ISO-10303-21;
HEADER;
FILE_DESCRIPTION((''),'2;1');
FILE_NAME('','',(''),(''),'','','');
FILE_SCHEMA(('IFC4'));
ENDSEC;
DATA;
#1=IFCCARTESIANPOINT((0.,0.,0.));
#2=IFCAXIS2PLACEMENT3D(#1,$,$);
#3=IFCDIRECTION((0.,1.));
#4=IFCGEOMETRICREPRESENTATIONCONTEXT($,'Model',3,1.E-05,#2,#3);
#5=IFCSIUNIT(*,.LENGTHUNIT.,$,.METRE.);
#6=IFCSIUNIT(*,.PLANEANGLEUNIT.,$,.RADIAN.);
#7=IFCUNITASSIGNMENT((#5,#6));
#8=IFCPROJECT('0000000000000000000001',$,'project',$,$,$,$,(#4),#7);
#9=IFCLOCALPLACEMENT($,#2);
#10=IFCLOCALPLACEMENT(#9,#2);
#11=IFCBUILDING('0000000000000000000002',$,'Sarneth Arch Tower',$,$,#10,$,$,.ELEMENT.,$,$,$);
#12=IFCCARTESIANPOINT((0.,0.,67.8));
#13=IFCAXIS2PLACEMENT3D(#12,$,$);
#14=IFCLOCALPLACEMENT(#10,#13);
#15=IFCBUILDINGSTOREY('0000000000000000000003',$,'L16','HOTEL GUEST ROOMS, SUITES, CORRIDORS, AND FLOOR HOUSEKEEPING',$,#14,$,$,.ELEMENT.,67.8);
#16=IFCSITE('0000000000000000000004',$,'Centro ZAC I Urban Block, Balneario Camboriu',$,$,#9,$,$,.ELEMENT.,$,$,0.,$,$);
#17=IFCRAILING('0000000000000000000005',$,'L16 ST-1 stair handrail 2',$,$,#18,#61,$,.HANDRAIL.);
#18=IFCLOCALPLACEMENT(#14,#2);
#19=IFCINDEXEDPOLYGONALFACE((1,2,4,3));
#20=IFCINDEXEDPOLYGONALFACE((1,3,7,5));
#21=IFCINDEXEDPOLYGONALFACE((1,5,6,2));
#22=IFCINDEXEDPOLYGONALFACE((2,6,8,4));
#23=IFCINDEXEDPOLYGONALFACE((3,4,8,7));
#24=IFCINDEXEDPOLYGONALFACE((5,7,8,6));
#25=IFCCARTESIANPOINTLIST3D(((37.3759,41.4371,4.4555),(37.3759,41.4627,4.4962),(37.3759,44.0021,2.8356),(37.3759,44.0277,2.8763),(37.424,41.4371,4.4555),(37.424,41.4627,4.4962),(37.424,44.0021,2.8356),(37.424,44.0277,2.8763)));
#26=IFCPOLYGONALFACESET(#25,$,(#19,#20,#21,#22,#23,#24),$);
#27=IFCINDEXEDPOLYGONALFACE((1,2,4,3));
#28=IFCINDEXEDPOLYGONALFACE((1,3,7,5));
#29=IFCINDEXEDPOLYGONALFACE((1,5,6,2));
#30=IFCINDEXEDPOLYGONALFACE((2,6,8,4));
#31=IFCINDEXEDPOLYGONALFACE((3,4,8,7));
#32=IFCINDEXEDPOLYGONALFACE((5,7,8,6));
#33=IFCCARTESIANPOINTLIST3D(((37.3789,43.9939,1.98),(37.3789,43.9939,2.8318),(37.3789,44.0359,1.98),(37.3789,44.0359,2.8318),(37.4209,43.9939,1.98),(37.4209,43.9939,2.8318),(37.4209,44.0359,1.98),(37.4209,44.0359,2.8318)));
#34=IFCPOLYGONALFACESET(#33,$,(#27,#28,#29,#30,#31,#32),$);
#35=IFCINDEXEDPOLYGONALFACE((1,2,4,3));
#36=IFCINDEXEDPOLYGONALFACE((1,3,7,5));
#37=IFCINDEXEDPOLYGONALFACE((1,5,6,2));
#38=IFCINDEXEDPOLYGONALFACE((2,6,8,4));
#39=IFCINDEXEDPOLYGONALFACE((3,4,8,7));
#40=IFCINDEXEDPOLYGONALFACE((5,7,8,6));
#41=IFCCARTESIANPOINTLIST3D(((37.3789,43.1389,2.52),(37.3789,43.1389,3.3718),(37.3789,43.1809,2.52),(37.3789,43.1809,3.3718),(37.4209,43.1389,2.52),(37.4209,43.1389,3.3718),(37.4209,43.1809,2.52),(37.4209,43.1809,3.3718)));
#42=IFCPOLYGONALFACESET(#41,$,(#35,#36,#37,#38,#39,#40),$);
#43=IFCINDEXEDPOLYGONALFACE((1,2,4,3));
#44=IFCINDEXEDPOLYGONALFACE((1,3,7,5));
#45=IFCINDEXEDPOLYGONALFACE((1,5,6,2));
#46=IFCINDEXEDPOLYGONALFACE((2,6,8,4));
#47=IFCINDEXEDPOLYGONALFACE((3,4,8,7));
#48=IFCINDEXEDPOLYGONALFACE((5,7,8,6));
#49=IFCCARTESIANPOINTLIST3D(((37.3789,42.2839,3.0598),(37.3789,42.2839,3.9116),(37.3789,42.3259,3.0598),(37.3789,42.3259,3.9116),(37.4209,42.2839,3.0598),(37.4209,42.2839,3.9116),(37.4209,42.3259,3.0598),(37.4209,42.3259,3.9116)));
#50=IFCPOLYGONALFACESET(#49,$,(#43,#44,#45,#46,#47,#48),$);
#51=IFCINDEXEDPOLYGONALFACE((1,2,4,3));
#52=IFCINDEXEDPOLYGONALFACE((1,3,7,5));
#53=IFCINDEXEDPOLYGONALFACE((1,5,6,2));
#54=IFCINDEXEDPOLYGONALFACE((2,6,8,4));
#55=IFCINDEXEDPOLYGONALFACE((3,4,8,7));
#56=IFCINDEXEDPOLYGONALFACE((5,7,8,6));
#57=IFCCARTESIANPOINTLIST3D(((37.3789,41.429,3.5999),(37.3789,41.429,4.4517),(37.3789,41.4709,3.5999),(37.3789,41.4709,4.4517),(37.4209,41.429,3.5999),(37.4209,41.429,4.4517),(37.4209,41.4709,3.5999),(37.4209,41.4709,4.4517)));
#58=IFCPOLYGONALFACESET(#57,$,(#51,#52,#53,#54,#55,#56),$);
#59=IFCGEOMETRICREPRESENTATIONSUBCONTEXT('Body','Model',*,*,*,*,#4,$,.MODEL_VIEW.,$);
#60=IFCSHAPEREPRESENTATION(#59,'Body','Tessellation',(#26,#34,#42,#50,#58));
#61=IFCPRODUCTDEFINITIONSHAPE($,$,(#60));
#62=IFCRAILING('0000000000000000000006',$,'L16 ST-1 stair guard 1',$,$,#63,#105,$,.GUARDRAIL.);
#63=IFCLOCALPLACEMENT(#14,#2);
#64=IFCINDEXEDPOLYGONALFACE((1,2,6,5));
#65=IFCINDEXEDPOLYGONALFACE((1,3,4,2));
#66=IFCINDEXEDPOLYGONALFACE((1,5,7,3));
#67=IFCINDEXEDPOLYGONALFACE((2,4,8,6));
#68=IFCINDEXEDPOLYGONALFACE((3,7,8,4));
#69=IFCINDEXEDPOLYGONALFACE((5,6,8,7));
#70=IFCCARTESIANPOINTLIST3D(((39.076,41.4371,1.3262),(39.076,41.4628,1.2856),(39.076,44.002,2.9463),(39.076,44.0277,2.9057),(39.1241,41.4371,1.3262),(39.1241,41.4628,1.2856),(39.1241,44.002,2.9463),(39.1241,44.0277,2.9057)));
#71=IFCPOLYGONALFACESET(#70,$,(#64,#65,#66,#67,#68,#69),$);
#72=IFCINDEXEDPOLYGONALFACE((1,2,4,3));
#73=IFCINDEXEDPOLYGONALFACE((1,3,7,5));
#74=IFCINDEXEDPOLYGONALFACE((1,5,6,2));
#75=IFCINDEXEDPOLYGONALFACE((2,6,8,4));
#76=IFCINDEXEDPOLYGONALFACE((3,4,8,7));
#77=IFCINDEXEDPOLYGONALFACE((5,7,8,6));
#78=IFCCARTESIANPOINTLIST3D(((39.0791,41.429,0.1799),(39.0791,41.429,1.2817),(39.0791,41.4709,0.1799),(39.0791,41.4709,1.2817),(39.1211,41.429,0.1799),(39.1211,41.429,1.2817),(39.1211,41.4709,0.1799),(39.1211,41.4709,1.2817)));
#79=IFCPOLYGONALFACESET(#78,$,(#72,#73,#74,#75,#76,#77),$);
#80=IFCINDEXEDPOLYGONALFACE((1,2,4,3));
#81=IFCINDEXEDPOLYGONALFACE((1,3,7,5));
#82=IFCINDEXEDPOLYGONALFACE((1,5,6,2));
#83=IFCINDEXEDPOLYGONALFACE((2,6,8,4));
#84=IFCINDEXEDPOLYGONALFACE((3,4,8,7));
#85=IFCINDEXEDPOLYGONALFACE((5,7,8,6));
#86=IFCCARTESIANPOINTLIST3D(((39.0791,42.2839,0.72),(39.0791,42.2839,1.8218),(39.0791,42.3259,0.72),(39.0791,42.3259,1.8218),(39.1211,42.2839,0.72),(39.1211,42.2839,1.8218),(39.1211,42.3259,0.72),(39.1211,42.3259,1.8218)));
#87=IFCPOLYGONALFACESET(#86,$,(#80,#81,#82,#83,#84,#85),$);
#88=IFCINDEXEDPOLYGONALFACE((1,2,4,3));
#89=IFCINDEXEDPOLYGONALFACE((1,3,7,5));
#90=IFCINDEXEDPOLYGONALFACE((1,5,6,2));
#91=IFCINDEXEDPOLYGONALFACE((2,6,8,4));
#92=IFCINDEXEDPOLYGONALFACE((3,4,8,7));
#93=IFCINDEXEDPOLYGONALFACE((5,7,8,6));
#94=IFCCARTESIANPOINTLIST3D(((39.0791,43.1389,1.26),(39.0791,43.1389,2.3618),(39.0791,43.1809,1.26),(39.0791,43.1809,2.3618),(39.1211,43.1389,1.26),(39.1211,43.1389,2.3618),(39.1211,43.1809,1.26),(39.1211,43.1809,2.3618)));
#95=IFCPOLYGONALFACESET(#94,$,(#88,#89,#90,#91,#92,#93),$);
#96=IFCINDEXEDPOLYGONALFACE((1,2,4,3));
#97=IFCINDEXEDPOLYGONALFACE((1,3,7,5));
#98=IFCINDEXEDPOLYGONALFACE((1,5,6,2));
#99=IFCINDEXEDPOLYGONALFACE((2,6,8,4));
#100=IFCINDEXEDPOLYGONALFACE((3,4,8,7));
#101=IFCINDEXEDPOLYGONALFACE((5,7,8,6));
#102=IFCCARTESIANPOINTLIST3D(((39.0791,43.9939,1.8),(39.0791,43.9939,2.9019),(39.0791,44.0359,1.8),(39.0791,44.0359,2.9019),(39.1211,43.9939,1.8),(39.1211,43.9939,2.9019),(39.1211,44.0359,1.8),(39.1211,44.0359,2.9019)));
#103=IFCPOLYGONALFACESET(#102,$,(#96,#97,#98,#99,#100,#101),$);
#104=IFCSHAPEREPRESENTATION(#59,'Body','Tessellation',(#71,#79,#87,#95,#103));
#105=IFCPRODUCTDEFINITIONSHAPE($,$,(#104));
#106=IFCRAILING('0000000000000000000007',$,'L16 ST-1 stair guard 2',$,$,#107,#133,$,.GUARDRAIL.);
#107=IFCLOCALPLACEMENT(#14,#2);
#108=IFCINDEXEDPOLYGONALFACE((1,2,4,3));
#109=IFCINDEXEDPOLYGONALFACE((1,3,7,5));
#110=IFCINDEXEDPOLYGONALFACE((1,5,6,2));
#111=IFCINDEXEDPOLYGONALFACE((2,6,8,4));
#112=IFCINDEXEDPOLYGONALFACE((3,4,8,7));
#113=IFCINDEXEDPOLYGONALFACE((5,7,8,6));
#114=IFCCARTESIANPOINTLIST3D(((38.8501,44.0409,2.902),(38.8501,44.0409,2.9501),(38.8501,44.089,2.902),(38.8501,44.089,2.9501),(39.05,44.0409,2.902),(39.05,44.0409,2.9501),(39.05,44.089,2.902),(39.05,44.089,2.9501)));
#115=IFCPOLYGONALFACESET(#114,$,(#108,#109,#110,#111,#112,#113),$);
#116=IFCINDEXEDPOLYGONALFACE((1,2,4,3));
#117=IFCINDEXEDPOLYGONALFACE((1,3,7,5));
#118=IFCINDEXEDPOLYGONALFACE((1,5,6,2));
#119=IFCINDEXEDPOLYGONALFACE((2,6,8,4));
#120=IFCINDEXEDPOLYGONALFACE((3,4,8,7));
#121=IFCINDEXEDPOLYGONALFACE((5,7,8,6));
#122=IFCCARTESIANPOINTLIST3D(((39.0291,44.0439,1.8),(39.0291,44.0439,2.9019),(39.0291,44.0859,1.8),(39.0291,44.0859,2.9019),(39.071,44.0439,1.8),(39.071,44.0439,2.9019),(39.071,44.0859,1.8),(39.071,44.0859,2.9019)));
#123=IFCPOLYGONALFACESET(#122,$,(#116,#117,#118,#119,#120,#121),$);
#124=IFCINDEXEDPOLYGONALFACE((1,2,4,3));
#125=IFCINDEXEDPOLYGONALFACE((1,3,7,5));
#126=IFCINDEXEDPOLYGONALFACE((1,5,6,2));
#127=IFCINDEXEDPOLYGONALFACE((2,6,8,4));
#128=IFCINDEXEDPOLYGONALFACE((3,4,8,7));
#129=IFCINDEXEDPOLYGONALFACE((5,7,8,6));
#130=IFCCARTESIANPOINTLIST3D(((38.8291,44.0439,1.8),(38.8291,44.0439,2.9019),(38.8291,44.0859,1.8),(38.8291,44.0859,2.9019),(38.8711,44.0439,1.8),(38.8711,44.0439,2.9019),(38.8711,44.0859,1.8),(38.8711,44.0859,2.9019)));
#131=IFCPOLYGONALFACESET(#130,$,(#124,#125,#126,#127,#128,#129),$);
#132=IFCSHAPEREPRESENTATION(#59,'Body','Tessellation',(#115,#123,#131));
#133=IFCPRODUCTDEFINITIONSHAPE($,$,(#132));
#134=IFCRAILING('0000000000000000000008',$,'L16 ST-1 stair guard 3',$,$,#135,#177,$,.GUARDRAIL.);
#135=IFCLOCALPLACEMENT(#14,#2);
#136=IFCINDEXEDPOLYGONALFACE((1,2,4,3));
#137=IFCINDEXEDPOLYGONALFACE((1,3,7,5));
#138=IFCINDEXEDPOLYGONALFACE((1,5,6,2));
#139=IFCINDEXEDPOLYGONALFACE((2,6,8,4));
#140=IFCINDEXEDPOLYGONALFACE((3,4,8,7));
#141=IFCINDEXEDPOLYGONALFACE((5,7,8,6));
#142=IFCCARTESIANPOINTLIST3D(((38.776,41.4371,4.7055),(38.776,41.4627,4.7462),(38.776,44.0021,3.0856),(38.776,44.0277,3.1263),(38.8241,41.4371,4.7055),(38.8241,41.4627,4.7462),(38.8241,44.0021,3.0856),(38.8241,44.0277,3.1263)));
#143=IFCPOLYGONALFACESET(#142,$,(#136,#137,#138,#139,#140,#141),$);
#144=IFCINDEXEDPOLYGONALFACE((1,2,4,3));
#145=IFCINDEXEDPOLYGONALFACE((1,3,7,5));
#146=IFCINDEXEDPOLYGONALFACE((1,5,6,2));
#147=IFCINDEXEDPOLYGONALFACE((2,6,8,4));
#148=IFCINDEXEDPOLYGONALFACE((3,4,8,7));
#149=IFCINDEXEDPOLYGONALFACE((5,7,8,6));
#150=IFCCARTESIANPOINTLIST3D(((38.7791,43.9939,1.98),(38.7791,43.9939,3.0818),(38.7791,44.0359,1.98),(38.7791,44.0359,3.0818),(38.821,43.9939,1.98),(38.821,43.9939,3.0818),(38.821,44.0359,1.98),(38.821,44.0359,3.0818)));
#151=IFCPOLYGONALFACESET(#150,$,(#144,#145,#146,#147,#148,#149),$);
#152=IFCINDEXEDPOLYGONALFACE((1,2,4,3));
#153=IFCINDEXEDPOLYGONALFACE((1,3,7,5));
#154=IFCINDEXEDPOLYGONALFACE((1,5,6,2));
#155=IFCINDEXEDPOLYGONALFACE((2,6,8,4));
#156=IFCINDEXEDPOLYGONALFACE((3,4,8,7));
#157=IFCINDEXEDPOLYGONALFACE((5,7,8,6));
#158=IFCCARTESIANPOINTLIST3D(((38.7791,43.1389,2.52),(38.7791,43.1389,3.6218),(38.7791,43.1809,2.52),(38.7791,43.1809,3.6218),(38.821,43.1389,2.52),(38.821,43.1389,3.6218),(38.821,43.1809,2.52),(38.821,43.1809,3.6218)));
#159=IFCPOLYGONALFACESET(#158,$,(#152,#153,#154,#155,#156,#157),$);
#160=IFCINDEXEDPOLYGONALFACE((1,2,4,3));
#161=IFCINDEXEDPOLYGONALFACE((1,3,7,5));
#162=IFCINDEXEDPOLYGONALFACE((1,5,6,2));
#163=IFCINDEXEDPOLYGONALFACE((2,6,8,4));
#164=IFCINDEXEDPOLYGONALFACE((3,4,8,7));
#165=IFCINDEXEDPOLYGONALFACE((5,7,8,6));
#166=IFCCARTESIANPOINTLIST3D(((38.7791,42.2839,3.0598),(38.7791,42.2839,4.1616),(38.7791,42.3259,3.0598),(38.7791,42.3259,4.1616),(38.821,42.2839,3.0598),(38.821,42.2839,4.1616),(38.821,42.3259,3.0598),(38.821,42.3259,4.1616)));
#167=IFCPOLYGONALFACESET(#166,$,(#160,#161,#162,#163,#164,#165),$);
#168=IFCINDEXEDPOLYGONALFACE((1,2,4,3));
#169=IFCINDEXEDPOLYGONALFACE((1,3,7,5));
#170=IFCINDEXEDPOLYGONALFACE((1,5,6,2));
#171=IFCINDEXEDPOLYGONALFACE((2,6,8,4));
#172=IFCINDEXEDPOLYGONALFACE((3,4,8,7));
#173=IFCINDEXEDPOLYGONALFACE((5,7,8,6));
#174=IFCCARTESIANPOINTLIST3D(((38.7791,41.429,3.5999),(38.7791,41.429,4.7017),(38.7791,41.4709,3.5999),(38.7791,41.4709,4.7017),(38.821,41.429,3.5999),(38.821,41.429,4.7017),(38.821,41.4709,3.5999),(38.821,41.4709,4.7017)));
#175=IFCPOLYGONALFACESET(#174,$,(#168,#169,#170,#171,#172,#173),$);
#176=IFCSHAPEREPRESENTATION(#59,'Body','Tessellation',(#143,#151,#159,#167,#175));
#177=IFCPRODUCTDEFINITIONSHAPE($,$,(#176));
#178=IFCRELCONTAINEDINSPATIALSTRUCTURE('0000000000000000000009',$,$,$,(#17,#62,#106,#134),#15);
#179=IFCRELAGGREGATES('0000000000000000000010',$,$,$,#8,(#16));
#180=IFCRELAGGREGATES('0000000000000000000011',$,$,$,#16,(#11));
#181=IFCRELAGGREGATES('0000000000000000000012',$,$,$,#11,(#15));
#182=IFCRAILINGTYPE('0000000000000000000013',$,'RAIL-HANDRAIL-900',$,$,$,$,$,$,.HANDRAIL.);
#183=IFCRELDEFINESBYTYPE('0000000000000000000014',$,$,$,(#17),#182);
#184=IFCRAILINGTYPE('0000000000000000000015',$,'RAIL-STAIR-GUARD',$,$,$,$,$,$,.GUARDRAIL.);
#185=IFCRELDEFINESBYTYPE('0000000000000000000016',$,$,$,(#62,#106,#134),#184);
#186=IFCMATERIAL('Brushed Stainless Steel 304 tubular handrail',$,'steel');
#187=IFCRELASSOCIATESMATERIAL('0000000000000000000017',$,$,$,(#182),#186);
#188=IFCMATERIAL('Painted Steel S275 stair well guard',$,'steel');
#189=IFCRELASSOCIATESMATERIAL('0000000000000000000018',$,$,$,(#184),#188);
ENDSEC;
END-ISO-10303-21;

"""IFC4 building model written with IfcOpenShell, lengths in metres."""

from ifc_helpers import new_model, si_unit, direction, frame, origin, origin_2d, place, context, subcontext, project, spatial, rectangle, extrude, material, type_object, element, save


model = new_model("IFC4")

# Units and contexts
model_context = context("Model", 3, precision=1e-05, world=origin(), true_north=direction((0.0, 1.0)))
body_context = subcontext(model_context, "Body", "Model", "MODEL_VIEW")
ifc_project = project(units=[si_unit("LENGTHUNIT", "METRE"), si_unit("PLANEANGLEUNIT", "RADIAN")], contexts=[model_context])

# Site, building, storey
site_placement = place(None, origin())
site = spatial("IfcSite", under=ifc_project, at=site_placement, Name="Centro ZAC I Urban Block, Balneario Camboriu", CompositionType="ELEMENT", RefElevation=0.0)
building_placement = place(site_placement, origin())
building = spatial("IfcBuilding", under=site, at=building_placement, Name="Sarneth Arch Tower", CompositionType="ELEMENT")
storey_placement = place(building_placement, frame((0.0, 0.0, 67.8)))
storey = spatial("IfcBuildingStorey", under=building, at=storey_placement, Name="L16", Description="HOTEL GUEST ROOMS, SUITES, CORRIDORS, AND FLOOR HOUSEKEEPING", CompositionType="ELEMENT", Elevation=67.8)

# Railings
ifc_material_1 = material(Name="Brushed Stainless Steel 304 tubular handrail", Category="steel")
railing_type_1 = type_object("IfcRailingType", Name="RAIL-HANDRAIL-900", PredefinedType="HANDRAIL", material=ifc_material_1)
railing_1_placement = place(storey_placement, frame((37.3999, 44.0149, 1.98)))
element("IfcRailing", 1, at=railing_1_placement, inside=storey, type_object=railing_type_1, Name="L16 ST-1 stair handrail 2", PredefinedType="HANDRAIL", context=body_context, shape_type="SweptSolid", body=[
    extrude(rectangle(XDim=0.0481, YDim=0.0481, at=origin_2d()), frame((0.0, 0.0, 0.876), z_axis=(0.0, -0.845502, 0.533972), x_axis=(1.0, 0.0, 0.0)), (0.0, 0.0, 1.0), 3.0337),
    extrude(rectangle(XDim=0.042, YDim=0.042, at=origin_2d()), origin(), (0.0, 0.0, 1.0), 0.8518),
    extrude(rectangle(XDim=0.042, YDim=0.042, at=origin_2d()), frame((0.0, -0.855, 0.54)), (0.0, 0.0, 1.0), 0.8518),
    extrude(rectangle(XDim=0.042, YDim=0.042, at=origin_2d()), frame((0.0, -1.71, 1.0798)), (0.0, 0.0, 1.0), 0.8518),
    extrude(rectangle(XDim=0.042, YDim=0.042, at=origin_2d()), frame((0.0, -2.5649, 1.6199)), (0.0, 0.0, 1.0), 0.8518),
])
ifc_material_2 = material(Name="Painted Steel S275 stair well guard", Category="steel")
railing_type_2 = type_object("IfcRailingType", Name="RAIL-STAIR-GUARD", PredefinedType="GUARDRAIL", material=ifc_material_2)
railing_2_placement = place(storey_placement, frame((39.1001, 41.45, 0.1799)))
element("IfcRailing", 2, at=railing_2_placement, inside=storey, type_object=railing_type_2, Name="L16 ST-1 stair guard 1", PredefinedType="GUARDRAIL", context=body_context, shape_type="SweptSolid", body=[
    extrude(rectangle(XDim=0.0481, YDim=0.0481, at=origin_2d()), frame((0.0, 0.0, 1.126), z_axis=(0.0, 0.845466, 0.534029), x_axis=(-1.0, 0.0, 0.0)), (0.0, 0.0, 1.0), 3.0337),
    extrude(rectangle(XDim=0.042, YDim=0.042, at=origin_2d()), origin(), (0.0, 0.0, 1.0), 1.1018),
    extrude(rectangle(XDim=0.042, YDim=0.042, at=origin_2d()), frame((0.0, 0.855, 0.54)), (0.0, 0.0, 1.0), 1.1018),
    extrude(rectangle(XDim=0.042, YDim=0.042, at=origin_2d()), frame((0.0, 1.71, 1.0801)), (0.0, 0.0, 1.0), 1.1018),
    extrude(rectangle(XDim=0.042, YDim=0.042, at=origin_2d()), frame((0.0, 2.5649, 1.6201)), (0.0, 0.0, 1.0), 1.1018),
])
railing_3_placement = place(storey_placement, frame((39.05, 44.0649, 1.8)))
element("IfcRailing", 3, at=railing_3_placement, inside=storey, type_object=railing_type_2, Name="L16 ST-1 stair guard 2", PredefinedType="GUARDRAIL", context=body_context, shape_type="SweptSolid", body=[
    extrude(rectangle(XDim=0.0481, YDim=0.0481, at=origin_2d()), frame((0.0, 0.0, 1.126), z_axis=(-1.0, 0.0, 0.0), x_axis=(0.0, -1.0, 0.0)), (0.0, 0.0, 1.0), 0.2),
    extrude(rectangle(XDim=0.042, YDim=0.042, at=origin_2d()), origin(), (0.0, 0.0, 1.0), 1.1018),
    extrude(rectangle(XDim=0.042, YDim=0.042, at=origin_2d()), frame((-0.2, 0.0, 0.0)), (0.0, 0.0, 1.0), 1.1018),
])
railing_4_placement = place(storey_placement, frame((38.8, 44.0149, 1.98)))
element("IfcRailing", 4, at=railing_4_placement, inside=storey, type_object=railing_type_2, Name="L16 ST-1 stair guard 3", PredefinedType="GUARDRAIL", context=body_context, shape_type="SweptSolid", body=[
    extrude(rectangle(XDim=0.0481, YDim=0.0481, at=origin_2d()), frame((0.0, 0.0, 1.126), z_axis=(0.0, -0.845502, 0.533972), x_axis=(1.0, 0.0, 0.0)), (0.0, 0.0, 1.0), 3.0337),
    extrude(rectangle(XDim=0.042, YDim=0.042, at=origin_2d()), origin(), (0.0, 0.0, 1.0), 1.1018),
    extrude(rectangle(XDim=0.042, YDim=0.042, at=origin_2d()), frame((0.0, -0.855, 0.54)), (0.0, 0.0, 1.0), 1.1018),
    extrude(rectangle(XDim=0.042, YDim=0.042, at=origin_2d()), frame((0.0, -1.71, 1.0798)), (0.0, 0.0, 1.0), 1.1018),
    extrude(rectangle(XDim=0.042, YDim=0.042, at=origin_2d()), frame((0.0, -2.5649, 1.6199)), (0.0, 0.0, 1.0), 1.1018),
])

save(model, "model.ifc")
